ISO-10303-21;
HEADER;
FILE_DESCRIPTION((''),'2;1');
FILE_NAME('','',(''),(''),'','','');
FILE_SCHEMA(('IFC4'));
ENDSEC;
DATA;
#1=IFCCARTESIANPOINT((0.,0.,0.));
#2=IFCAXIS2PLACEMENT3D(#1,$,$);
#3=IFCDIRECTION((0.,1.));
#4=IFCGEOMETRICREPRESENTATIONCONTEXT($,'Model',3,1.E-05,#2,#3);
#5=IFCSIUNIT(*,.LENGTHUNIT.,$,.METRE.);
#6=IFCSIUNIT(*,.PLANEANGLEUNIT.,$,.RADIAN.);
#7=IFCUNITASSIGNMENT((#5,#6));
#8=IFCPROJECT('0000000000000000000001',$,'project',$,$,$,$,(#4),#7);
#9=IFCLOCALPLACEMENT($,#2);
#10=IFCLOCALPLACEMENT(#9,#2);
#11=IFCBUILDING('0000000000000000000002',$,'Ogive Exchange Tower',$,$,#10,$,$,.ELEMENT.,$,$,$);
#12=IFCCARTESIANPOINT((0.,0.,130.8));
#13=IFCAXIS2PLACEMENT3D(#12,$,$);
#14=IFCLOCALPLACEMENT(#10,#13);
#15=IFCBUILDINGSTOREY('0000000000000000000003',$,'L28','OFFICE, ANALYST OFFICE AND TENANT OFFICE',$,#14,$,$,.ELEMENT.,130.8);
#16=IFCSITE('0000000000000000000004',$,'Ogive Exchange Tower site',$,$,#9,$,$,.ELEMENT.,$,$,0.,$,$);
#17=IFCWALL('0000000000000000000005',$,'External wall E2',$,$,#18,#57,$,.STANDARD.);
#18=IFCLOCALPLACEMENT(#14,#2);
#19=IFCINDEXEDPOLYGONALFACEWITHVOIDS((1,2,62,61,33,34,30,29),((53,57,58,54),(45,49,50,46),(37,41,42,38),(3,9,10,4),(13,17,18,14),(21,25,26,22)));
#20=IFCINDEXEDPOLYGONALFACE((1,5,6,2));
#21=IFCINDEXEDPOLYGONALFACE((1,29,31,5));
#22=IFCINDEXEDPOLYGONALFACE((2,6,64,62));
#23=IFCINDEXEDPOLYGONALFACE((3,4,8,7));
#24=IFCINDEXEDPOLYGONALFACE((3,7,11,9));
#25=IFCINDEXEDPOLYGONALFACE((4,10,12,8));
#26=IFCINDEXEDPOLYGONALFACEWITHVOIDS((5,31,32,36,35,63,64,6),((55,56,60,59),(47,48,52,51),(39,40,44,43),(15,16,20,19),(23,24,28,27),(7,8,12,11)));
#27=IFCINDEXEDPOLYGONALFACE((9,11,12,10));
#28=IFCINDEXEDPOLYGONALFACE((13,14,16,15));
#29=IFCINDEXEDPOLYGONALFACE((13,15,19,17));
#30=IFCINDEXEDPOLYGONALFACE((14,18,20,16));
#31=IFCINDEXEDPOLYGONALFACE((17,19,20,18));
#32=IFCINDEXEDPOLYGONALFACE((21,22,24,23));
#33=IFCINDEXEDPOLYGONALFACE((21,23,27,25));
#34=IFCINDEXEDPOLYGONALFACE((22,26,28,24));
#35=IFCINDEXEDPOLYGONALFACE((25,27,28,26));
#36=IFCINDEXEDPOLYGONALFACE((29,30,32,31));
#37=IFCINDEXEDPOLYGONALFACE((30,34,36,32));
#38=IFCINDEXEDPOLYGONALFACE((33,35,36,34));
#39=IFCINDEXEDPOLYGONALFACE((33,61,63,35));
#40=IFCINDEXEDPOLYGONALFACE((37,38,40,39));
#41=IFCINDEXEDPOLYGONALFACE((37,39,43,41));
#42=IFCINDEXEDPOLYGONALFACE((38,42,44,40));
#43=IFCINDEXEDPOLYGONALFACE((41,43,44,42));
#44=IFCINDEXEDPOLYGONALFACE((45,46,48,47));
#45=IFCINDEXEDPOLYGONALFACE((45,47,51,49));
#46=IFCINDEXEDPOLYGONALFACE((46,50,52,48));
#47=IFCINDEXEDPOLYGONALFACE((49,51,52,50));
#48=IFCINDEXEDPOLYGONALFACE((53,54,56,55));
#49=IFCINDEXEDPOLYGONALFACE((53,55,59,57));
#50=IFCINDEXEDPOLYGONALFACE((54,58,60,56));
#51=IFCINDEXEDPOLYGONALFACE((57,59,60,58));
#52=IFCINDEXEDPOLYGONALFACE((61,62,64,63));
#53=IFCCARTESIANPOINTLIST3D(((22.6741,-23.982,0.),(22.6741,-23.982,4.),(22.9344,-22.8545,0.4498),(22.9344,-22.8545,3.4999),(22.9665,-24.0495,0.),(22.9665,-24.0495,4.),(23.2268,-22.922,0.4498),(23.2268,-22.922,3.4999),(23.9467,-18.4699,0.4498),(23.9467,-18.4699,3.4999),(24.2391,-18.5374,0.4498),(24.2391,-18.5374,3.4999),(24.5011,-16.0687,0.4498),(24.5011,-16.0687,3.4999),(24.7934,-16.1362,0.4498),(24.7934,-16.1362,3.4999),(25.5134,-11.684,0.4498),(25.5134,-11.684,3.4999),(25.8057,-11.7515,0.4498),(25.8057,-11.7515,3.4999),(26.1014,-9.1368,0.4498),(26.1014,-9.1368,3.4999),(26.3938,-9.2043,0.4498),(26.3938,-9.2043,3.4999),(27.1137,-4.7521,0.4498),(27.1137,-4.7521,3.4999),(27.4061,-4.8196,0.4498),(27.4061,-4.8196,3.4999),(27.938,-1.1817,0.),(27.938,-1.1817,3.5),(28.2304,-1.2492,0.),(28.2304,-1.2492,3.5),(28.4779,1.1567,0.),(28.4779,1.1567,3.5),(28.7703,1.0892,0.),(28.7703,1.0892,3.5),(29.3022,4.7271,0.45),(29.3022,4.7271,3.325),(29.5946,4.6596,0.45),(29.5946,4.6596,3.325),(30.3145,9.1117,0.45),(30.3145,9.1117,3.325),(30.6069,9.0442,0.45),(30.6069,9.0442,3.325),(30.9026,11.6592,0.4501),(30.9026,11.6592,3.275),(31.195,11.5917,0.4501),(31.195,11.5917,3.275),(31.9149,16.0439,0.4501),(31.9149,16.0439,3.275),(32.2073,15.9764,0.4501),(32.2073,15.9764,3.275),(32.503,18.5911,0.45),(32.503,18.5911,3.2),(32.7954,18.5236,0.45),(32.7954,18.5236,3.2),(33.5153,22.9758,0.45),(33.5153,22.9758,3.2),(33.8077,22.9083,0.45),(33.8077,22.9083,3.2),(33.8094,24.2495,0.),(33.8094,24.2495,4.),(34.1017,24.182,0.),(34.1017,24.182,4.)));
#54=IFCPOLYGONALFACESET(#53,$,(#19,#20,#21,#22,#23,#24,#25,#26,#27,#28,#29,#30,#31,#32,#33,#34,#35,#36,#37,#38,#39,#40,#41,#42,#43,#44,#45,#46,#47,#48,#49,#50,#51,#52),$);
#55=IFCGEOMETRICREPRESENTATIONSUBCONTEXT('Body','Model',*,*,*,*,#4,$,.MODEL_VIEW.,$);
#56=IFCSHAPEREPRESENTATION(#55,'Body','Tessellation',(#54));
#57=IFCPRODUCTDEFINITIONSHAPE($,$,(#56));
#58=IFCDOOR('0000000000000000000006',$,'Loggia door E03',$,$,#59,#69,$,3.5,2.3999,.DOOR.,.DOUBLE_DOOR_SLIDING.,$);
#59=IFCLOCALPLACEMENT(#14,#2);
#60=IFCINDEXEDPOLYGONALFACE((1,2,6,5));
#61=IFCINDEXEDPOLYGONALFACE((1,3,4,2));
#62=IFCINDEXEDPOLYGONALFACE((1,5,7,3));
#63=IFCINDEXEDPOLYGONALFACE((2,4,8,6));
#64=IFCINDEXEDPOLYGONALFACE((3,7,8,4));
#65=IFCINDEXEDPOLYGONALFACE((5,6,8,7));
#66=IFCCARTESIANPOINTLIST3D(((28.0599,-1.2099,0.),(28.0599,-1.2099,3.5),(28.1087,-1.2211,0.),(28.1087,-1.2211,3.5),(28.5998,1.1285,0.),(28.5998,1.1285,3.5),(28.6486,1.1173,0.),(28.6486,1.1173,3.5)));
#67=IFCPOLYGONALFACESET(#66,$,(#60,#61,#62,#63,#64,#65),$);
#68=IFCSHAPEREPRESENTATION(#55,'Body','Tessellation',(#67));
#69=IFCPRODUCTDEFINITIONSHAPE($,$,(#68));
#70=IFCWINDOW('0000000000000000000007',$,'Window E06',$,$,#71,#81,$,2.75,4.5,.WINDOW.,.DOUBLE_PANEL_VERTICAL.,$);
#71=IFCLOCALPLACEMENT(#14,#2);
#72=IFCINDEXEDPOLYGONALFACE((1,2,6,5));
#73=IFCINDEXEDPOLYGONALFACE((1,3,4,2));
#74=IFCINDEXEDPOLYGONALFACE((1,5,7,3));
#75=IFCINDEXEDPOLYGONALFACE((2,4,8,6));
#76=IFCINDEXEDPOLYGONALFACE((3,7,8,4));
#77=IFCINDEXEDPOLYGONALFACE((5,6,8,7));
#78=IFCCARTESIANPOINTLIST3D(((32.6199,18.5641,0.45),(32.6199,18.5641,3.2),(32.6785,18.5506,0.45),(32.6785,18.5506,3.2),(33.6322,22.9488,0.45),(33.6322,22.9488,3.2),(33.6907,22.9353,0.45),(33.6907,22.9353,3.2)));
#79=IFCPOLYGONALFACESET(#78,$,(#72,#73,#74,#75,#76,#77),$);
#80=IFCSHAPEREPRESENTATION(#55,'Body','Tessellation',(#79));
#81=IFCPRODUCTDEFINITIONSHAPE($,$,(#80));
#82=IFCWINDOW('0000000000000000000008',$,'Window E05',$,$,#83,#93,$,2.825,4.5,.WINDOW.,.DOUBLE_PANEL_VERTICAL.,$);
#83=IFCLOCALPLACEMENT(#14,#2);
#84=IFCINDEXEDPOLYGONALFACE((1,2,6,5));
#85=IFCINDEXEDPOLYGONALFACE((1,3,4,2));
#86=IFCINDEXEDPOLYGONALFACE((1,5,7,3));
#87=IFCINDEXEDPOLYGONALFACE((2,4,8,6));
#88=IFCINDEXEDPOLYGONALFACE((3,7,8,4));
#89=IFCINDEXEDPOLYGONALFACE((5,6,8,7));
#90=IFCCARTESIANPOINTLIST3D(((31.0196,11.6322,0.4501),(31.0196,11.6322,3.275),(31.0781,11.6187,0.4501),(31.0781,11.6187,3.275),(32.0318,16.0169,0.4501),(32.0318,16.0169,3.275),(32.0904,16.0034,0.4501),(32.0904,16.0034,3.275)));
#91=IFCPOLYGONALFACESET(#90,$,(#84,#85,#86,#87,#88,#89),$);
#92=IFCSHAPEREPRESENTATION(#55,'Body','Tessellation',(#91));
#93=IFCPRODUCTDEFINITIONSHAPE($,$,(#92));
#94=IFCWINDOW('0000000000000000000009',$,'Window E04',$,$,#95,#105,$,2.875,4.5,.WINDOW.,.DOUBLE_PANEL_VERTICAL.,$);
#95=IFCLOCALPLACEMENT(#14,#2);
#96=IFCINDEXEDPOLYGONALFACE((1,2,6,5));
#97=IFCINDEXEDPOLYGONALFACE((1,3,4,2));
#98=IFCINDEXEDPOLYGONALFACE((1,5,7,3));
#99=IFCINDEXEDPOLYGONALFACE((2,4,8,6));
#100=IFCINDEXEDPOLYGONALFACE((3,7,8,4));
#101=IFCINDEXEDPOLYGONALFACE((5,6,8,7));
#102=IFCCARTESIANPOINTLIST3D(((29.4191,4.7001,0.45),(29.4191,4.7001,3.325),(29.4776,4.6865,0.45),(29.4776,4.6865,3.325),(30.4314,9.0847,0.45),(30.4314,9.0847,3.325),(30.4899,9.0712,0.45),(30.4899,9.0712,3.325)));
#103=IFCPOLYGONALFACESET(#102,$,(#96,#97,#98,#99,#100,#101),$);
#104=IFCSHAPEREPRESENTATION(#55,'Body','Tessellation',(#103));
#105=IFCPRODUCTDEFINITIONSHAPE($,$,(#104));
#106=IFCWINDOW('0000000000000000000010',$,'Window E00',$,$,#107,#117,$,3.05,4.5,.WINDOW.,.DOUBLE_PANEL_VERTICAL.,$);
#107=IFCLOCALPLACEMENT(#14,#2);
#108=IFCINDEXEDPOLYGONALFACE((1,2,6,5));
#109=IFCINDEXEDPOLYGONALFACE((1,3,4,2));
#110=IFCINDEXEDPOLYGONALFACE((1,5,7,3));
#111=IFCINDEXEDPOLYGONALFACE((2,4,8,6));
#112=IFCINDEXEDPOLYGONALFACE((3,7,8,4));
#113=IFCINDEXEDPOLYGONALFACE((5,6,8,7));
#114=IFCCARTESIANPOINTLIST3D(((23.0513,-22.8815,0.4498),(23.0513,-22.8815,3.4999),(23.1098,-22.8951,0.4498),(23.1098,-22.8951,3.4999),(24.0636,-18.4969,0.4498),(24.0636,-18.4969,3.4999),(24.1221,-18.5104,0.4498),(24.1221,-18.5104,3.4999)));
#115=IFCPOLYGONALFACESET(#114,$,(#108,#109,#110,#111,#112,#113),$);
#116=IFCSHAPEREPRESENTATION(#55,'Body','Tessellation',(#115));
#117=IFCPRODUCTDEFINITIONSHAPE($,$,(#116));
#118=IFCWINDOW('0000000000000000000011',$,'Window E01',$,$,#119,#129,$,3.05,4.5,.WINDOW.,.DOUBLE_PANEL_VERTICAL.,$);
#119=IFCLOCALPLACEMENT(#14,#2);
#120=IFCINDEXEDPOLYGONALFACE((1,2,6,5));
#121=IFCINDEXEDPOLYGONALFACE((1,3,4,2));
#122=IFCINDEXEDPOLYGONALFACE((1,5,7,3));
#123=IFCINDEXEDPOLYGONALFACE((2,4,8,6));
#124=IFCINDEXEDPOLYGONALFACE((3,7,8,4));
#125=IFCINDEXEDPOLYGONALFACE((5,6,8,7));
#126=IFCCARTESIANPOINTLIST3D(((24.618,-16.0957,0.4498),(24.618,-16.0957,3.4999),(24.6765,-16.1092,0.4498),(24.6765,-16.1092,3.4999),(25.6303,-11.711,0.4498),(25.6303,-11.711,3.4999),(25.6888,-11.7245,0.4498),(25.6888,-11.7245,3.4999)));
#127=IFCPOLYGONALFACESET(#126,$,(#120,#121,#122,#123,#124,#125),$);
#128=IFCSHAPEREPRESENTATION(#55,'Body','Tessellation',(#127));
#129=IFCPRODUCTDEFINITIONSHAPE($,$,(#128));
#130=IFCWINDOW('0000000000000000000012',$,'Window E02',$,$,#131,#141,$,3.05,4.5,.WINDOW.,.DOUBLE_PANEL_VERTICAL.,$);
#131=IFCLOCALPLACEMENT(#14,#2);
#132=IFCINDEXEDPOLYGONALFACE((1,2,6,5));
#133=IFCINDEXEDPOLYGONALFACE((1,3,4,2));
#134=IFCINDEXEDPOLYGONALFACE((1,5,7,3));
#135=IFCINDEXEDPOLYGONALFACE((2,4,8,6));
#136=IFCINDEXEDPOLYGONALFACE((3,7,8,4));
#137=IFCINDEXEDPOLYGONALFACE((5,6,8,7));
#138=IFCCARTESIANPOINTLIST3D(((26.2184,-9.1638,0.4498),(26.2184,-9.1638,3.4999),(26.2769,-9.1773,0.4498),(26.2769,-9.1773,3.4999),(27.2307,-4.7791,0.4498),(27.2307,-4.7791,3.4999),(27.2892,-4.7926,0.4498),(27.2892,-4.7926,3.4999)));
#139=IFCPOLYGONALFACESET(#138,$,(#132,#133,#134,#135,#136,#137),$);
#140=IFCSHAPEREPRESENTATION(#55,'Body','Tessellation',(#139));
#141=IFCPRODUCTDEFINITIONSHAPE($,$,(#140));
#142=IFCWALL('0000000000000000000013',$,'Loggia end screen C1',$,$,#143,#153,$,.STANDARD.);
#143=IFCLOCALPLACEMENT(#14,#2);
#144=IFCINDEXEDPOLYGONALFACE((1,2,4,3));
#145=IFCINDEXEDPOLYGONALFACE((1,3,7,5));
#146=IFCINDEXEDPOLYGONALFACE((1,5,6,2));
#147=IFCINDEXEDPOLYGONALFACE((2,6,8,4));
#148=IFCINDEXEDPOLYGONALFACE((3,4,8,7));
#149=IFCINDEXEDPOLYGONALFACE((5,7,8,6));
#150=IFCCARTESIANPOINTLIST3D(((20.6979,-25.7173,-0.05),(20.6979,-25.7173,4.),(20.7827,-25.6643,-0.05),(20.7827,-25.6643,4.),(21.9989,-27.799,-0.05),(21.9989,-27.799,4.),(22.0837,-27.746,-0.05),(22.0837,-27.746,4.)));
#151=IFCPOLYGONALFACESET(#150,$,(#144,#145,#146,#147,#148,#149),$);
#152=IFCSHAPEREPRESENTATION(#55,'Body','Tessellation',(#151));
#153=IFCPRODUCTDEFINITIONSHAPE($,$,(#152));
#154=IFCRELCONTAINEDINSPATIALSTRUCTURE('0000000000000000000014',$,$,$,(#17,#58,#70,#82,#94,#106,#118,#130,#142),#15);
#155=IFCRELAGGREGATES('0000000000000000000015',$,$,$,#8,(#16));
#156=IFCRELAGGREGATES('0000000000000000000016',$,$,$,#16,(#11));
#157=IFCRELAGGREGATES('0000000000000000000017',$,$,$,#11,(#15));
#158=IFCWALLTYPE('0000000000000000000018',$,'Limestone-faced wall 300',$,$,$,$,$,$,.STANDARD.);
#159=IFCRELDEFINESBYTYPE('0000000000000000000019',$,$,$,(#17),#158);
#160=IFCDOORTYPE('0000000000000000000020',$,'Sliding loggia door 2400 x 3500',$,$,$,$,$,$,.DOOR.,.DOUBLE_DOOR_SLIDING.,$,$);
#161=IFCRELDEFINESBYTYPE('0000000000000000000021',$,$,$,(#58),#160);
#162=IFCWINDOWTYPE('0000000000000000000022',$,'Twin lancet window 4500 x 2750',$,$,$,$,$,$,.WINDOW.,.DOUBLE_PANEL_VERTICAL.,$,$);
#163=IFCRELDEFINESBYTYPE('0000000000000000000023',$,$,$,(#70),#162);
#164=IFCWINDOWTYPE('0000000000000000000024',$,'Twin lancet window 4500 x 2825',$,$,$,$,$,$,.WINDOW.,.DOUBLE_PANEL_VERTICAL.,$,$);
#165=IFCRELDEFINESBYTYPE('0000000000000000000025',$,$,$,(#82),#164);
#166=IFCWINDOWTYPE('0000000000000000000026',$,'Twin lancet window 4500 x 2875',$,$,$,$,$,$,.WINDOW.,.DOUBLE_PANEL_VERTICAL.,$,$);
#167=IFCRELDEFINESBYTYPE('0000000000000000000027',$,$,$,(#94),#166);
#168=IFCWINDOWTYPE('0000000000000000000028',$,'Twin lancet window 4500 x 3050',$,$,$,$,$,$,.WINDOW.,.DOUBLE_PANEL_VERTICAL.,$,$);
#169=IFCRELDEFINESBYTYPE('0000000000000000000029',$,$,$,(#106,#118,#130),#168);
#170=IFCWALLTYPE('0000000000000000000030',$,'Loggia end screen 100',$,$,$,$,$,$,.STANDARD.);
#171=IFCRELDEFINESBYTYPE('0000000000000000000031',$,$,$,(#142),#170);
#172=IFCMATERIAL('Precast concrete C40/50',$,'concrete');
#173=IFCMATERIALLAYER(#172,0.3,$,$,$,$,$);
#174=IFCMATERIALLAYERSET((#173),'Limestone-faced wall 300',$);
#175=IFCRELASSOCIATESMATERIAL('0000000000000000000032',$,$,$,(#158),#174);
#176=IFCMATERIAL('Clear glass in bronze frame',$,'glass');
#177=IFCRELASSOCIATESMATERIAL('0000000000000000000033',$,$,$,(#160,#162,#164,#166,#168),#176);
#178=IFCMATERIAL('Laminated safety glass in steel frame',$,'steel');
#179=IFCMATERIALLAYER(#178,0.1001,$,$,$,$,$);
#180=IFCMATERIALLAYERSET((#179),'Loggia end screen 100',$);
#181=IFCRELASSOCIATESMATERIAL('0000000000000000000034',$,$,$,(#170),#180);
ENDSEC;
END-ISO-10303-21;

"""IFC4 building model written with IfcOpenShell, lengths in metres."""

from ifc_helpers import new_model, si_unit, direction, frame, frame_2d, origin, place, context, subcontext, project, spatial, rectangle, extrude, material, layer, layer_set, type_object, element, fill, save


model = new_model("IFC4")

# Units and contexts
model_context = context("Model", 3, precision=1e-05, world=origin(), true_north=direction((0.0, 1.0)))
body_context = subcontext(model_context, "Body", "Model", "MODEL_VIEW")
ifc_project = project(units=[si_unit("LENGTHUNIT", "METRE"), si_unit("PLANEANGLEUNIT", "RADIAN")], contexts=[model_context])

# Site, building, storey
site_placement = place(None, origin())
site = spatial("IfcSite", under=ifc_project, at=site_placement, Name="Ogive Exchange Tower site", CompositionType="ELEMENT", RefElevation=0.0)
building_placement = place(site_placement, origin())
building = spatial("IfcBuilding", under=site, at=building_placement, Name="Ogive Exchange Tower", CompositionType="ELEMENT")
storey_placement = place(building_placement, frame((0.0, 0.0, 130.8)))
storey = spatial("IfcBuildingStorey", under=building, at=storey_placement, Name="L28", Description="OFFICE, ANALYST OFFICE AND TENANT OFFICE", CompositionType="ELEMENT", Elevation=130.8)

# Wall, openings, door, windows
ifc_material_1 = material(Name="Precast concrete C40/50", Category="concrete")
ifc_layer_1 = layer(ifc_material_1, 0.3)
ifc_layer_set_1 = layer_set([ifc_layer_1], Name="Limestone-faced wall 300")
wall_type_1 = type_object("IfcWallType", Name="Limestone-faced wall 300", PredefinedType="STANDARD", material=ifc_layer_set_1)
wall_1_placement = place(storey_placement, frame((22.8203, -24.0156, 0.0), z_axis=(0.0, 0.0, 1.0), x_axis=(0.224954, 0.974369, 0.0)))
wall_1 = element("IfcWall", 1, at=wall_1_placement, inside=storey, type_object=wall_type_1, Name="External wall E2", PredefinedType="STANDARD", context=body_context, shape_type="SweptSolid", body=[
    extrude(rectangle(XDim=49.5002, YDim=0.3, at=frame_2d((24.75, 0.0))), origin(), (0.0, 0.0, 1.0), 4.0),
])
opening_1_placement = place(wall_1_placement, frame((1.157, 0.0, 0.45)))
opening_1 = element("IfcOpeningElement", 2, at=opening_1_placement, cuts=wall_1, PredefinedType="OPENING", context=body_context, shape_type="SweptSolid", body=[
    extrude(rectangle(XDim=4.5, YDim=3.05, at=frame_2d((2.25, 1.5249))), frame((0.0, 0.1599, 0.0), z_axis=(0.0, -1.0, 0.0), x_axis=(1.0, 0.0, 0.0)), (0.0, 0.0, 1.0), 0.3201),
])
opening_2_placement = place(wall_1_placement, frame((8.1213, 0.0, 0.45)))
opening_2 = element("IfcOpeningElement", 3, at=opening_2_placement, cuts=wall_1, PredefinedType="OPENING", context=body_context, shape_type="SweptSolid", body=[
    extrude(rectangle(XDim=4.5, YDim=3.05, at=frame_2d((2.25, 1.5249))), frame((0.0, 0.1599, 0.0), z_axis=(0.0, -1.0, 0.0), x_axis=(1.0, 0.0, 0.0)), (0.0, 0.0, 1.0), 0.3201),
])
opening_3_placement = place(wall_1_placement, frame((15.2356, 0.0, 0.45)))
opening_3 = element("IfcOpeningElement", 4, at=opening_3_placement, cuts=wall_1, PredefinedType="OPENING", context=body_context, shape_type="SweptSolid", body=[
    extrude(rectangle(XDim=4.5, YDim=3.05, at=frame_2d((2.25, 1.5249))), frame((0.0, 0.1599, 0.0), z_axis=(0.0, -1.0, 0.0), x_axis=(1.0, 0.0, 0.0)), (0.0, 0.0, 1.0), 0.3201),
])
opening_4_placement = place(wall_1_placement, frame((23.3999, 0.0, 0.0)))
opening_4 = element("IfcOpeningElement", 5, at=opening_4_placement, cuts=wall_1, PredefinedType="OPENING", context=body_context, shape_type="SweptSolid", body=[
    extrude(rectangle(XDim=2.3999, YDim=3.5, at=frame_2d((1.2, 1.75))), frame((0.0, 0.1599, 0.0), z_axis=(0.0, -1.0, 0.0), x_axis=(1.0, 0.0, 0.0)), (0.0, 0.0, 1.0), 0.3201),
])
opening_5_placement = place(wall_1_placement, frame((29.4641, 0.0, 0.45)))
opening_5 = element("IfcOpeningElement", 6, at=opening_5_placement, cuts=wall_1, PredefinedType="OPENING", context=body_context, shape_type="SweptSolid", body=[
    extrude(rectangle(XDim=4.5, YDim=2.875, at=frame_2d((2.25, 1.4375))), frame((0.0, 0.1599, 0.0), z_axis=(0.0, -1.0, 0.0), x_axis=(1.0, 0.0, 0.0)), (0.0, 0.0, 1.0), 0.3201),
])
opening_6_placement = place(wall_1_placement, frame((36.5786, 0.0, 0.45)))
opening_6 = element("IfcOpeningElement", 7, at=opening_6_placement, cuts=wall_1, PredefinedType="OPENING", context=body_context, shape_type="SweptSolid", body=[
    extrude(rectangle(XDim=4.5, YDim=2.825, at=frame_2d((2.25, 1.4126))), frame((0.0, 0.1599, 0.0), z_axis=(0.0, -1.0, 0.0), x_axis=(1.0, 0.0, 0.0)), (0.0, 0.0, 1.0), 0.3201),
])
opening_7_placement = place(wall_1_placement, frame((43.6929, 0.0, 0.45)))
opening_7 = element("IfcOpeningElement", 8, at=opening_7_placement, cuts=wall_1, PredefinedType="OPENING", context=body_context, shape_type="SweptSolid", body=[
    extrude(rectangle(XDim=4.5, YDim=2.75, at=frame_2d((2.25, 1.375))), frame((0.0, 0.1599, 0.0), z_axis=(0.0, -1.0, 0.0), x_axis=(1.0, 0.0, 0.0)), (0.0, 0.0, 1.0), 0.3201),
])
ifc_material_2 = material(Name="Clear glass in bronze frame", Category="glass")
door_type_1 = type_object("IfcDoorType", Name="Sliding loggia door 2400 x 3500", OperationType="DOUBLE_DOOR_SLIDING", PredefinedType="DOOR", material=ifc_material_2)
door_1_placement = place(opening_4_placement, origin())
door_1 = element("IfcDoor", 9, at=door_1_placement, inside=storey, type_object=door_type_1, Name="Loggia door E03", OperationType="DOUBLE_DOOR_SLIDING", OverallHeight=3.5, OverallWidth=2.3999, PredefinedType="DOOR", context=body_context, shape_type="SweptSolid", body=[
    extrude(rectangle(XDim=2.3999, YDim=3.5, at=frame_2d((1.2, 1.75))), frame((0.0, 0.0249, 0.0), z_axis=(0.0, -1.0, 0.0), x_axis=(1.0, 0.0, 0.0)), (0.0, 0.0, 1.0), 0.05),
])
fill(opening_4, door_1)
window_type_1 = type_object("IfcWindowType", Name="Twin lancet window 4500 x 2750", PartitioningType="DOUBLE_PANEL_VERTICAL", PredefinedType="WINDOW", material=ifc_material_2)
window_1_placement = place(opening_7_placement, origin())
window_1 = element("IfcWindow", 10, at=window_1_placement, inside=storey, type_object=window_type_1, Name="Window E06", OverallHeight=2.75, OverallWidth=4.5, PartitioningType="DOUBLE_PANEL_VERTICAL", PredefinedType="WINDOW", context=body_context, shape_type="SweptSolid", body=[
    extrude(rectangle(XDim=4.5, YDim=2.75, at=frame_2d((2.25, 1.375))), frame((0.0, 0.03, 0.0), z_axis=(0.0, -1.0, 0.0), x_axis=(1.0, 0.0, 0.0)), (0.0, 0.0, 1.0), 0.0601),
])
fill(opening_7, window_1)
window_type_2 = type_object("IfcWindowType", Name="Twin lancet window 4500 x 2825", PartitioningType="DOUBLE_PANEL_VERTICAL", PredefinedType="WINDOW", material=ifc_material_2)
window_2_placement = place(opening_6_placement, origin())
window_2 = element("IfcWindow", 11, at=window_2_placement, inside=storey, type_object=window_type_2, Name="Window E05", OverallHeight=2.825, OverallWidth=4.5, PartitioningType="DOUBLE_PANEL_VERTICAL", PredefinedType="WINDOW", context=body_context, shape_type="SweptSolid", body=[
    extrude(rectangle(XDim=4.5, YDim=2.825, at=frame_2d((2.25, 1.4126))), frame((0.0, 0.03, 0.0), z_axis=(0.0, -1.0, 0.0), x_axis=(1.0, 0.0, 0.0)), (0.0, 0.0, 1.0), 0.0601),
])
fill(opening_6, window_2)
window_type_3 = type_object("IfcWindowType", Name="Twin lancet window 4500 x 2875", PartitioningType="DOUBLE_PANEL_VERTICAL", PredefinedType="WINDOW", material=ifc_material_2)
window_3_placement = place(opening_5_placement, origin())
window_3 = element("IfcWindow", 12, at=window_3_placement, inside=storey, type_object=window_type_3, Name="Window E04", OverallHeight=2.875, OverallWidth=4.5, PartitioningType="DOUBLE_PANEL_VERTICAL", PredefinedType="WINDOW", context=body_context, shape_type="SweptSolid", body=[
    extrude(rectangle(XDim=4.5, YDim=2.875, at=frame_2d((2.25, 1.4375))), frame((0.0, 0.03, 0.0), z_axis=(0.0, -1.0, 0.0), x_axis=(1.0, 0.0, 0.0)), (0.0, 0.0, 1.0), 0.0601),
])
fill(opening_5, window_3)
window_type_4 = type_object("IfcWindowType", Name="Twin lancet window 4500 x 3050", PartitioningType="DOUBLE_PANEL_VERTICAL", PredefinedType="WINDOW", material=ifc_material_2)
window_4_placement = place(opening_1_placement, origin())
window_4 = element("IfcWindow", 13, at=window_4_placement, inside=storey, type_object=window_type_4, Name="Window E00", OverallHeight=3.05, OverallWidth=4.5, PartitioningType="DOUBLE_PANEL_VERTICAL", PredefinedType="WINDOW", context=body_context, shape_type="SweptSolid", body=[
    extrude(rectangle(XDim=4.5, YDim=3.05, at=frame_2d((2.25, 1.5249))), frame((0.0, 0.03, 0.0), z_axis=(0.0, -1.0, 0.0), x_axis=(1.0, 0.0, 0.0)), (0.0, 0.0, 1.0), 0.0601),
])
fill(opening_1, window_4)
window_5_placement = place(opening_2_placement, origin())
window_5 = element("IfcWindow", 14, at=window_5_placement, inside=storey, type_object=window_type_4, Name="Window E01", OverallHeight=3.05, OverallWidth=4.5, PartitioningType="DOUBLE_PANEL_VERTICAL", PredefinedType="WINDOW", context=body_context, shape_type="SweptSolid", body=[
    extrude(rectangle(XDim=4.5, YDim=3.05, at=frame_2d((2.25, 1.5249))), frame((0.0, 0.03, 0.0), z_axis=(0.0, -1.0, 0.0), x_axis=(1.0, 0.0, 0.0)), (0.0, 0.0, 1.0), 0.0601),
])
fill(opening_2, window_5)
window_6_placement = place(opening_3_placement, origin())
window_6 = element("IfcWindow", 15, at=window_6_placement, inside=storey, type_object=window_type_4, Name="Window E02", OverallHeight=3.05, OverallWidth=4.5, PartitioningType="DOUBLE_PANEL_VERTICAL", PredefinedType="WINDOW", context=body_context, shape_type="SweptSolid", body=[
    extrude(rectangle(XDim=4.5, YDim=3.05, at=frame_2d((2.25, 1.5249))), frame((0.0, 0.03, 0.0), z_axis=(0.0, -1.0, 0.0), x_axis=(1.0, 0.0, 0.0)), (0.0, 0.0, 1.0), 0.0601),
])
fill(opening_3, window_6)

# Wall
ifc_material_3 = material(Name="Laminated safety glass in steel frame", Category="steel")
ifc_layer_2 = layer(ifc_material_3, 0.1001)
ifc_layer_set_2 = layer_set([ifc_layer_2], Name="Loggia end screen 100")
wall_type_2 = type_object("IfcWallType", Name="Loggia end screen 100", PredefinedType="STANDARD", material=ifc_layer_set_2)
wall_2_placement = place(storey_placement, frame((20.7402, -25.6907, -0.05), z_axis=(0.0, 0.0, 1.0), x_axis=(0.529972, -0.848015, 0.0)))
element("IfcWall", 16, at=wall_2_placement, inside=storey, type_object=wall_type_2, Name="Loggia end screen C1", PredefinedType="STANDARD", context=body_context, shape_type="SweptSolid", body=[
    extrude(rectangle(XDim=2.4548, YDim=0.1001, at=frame_2d((1.2275, 0.0))), origin(), (0.0, 0.0, 1.0), 4.05),
])

save(model, "model.ifc")
